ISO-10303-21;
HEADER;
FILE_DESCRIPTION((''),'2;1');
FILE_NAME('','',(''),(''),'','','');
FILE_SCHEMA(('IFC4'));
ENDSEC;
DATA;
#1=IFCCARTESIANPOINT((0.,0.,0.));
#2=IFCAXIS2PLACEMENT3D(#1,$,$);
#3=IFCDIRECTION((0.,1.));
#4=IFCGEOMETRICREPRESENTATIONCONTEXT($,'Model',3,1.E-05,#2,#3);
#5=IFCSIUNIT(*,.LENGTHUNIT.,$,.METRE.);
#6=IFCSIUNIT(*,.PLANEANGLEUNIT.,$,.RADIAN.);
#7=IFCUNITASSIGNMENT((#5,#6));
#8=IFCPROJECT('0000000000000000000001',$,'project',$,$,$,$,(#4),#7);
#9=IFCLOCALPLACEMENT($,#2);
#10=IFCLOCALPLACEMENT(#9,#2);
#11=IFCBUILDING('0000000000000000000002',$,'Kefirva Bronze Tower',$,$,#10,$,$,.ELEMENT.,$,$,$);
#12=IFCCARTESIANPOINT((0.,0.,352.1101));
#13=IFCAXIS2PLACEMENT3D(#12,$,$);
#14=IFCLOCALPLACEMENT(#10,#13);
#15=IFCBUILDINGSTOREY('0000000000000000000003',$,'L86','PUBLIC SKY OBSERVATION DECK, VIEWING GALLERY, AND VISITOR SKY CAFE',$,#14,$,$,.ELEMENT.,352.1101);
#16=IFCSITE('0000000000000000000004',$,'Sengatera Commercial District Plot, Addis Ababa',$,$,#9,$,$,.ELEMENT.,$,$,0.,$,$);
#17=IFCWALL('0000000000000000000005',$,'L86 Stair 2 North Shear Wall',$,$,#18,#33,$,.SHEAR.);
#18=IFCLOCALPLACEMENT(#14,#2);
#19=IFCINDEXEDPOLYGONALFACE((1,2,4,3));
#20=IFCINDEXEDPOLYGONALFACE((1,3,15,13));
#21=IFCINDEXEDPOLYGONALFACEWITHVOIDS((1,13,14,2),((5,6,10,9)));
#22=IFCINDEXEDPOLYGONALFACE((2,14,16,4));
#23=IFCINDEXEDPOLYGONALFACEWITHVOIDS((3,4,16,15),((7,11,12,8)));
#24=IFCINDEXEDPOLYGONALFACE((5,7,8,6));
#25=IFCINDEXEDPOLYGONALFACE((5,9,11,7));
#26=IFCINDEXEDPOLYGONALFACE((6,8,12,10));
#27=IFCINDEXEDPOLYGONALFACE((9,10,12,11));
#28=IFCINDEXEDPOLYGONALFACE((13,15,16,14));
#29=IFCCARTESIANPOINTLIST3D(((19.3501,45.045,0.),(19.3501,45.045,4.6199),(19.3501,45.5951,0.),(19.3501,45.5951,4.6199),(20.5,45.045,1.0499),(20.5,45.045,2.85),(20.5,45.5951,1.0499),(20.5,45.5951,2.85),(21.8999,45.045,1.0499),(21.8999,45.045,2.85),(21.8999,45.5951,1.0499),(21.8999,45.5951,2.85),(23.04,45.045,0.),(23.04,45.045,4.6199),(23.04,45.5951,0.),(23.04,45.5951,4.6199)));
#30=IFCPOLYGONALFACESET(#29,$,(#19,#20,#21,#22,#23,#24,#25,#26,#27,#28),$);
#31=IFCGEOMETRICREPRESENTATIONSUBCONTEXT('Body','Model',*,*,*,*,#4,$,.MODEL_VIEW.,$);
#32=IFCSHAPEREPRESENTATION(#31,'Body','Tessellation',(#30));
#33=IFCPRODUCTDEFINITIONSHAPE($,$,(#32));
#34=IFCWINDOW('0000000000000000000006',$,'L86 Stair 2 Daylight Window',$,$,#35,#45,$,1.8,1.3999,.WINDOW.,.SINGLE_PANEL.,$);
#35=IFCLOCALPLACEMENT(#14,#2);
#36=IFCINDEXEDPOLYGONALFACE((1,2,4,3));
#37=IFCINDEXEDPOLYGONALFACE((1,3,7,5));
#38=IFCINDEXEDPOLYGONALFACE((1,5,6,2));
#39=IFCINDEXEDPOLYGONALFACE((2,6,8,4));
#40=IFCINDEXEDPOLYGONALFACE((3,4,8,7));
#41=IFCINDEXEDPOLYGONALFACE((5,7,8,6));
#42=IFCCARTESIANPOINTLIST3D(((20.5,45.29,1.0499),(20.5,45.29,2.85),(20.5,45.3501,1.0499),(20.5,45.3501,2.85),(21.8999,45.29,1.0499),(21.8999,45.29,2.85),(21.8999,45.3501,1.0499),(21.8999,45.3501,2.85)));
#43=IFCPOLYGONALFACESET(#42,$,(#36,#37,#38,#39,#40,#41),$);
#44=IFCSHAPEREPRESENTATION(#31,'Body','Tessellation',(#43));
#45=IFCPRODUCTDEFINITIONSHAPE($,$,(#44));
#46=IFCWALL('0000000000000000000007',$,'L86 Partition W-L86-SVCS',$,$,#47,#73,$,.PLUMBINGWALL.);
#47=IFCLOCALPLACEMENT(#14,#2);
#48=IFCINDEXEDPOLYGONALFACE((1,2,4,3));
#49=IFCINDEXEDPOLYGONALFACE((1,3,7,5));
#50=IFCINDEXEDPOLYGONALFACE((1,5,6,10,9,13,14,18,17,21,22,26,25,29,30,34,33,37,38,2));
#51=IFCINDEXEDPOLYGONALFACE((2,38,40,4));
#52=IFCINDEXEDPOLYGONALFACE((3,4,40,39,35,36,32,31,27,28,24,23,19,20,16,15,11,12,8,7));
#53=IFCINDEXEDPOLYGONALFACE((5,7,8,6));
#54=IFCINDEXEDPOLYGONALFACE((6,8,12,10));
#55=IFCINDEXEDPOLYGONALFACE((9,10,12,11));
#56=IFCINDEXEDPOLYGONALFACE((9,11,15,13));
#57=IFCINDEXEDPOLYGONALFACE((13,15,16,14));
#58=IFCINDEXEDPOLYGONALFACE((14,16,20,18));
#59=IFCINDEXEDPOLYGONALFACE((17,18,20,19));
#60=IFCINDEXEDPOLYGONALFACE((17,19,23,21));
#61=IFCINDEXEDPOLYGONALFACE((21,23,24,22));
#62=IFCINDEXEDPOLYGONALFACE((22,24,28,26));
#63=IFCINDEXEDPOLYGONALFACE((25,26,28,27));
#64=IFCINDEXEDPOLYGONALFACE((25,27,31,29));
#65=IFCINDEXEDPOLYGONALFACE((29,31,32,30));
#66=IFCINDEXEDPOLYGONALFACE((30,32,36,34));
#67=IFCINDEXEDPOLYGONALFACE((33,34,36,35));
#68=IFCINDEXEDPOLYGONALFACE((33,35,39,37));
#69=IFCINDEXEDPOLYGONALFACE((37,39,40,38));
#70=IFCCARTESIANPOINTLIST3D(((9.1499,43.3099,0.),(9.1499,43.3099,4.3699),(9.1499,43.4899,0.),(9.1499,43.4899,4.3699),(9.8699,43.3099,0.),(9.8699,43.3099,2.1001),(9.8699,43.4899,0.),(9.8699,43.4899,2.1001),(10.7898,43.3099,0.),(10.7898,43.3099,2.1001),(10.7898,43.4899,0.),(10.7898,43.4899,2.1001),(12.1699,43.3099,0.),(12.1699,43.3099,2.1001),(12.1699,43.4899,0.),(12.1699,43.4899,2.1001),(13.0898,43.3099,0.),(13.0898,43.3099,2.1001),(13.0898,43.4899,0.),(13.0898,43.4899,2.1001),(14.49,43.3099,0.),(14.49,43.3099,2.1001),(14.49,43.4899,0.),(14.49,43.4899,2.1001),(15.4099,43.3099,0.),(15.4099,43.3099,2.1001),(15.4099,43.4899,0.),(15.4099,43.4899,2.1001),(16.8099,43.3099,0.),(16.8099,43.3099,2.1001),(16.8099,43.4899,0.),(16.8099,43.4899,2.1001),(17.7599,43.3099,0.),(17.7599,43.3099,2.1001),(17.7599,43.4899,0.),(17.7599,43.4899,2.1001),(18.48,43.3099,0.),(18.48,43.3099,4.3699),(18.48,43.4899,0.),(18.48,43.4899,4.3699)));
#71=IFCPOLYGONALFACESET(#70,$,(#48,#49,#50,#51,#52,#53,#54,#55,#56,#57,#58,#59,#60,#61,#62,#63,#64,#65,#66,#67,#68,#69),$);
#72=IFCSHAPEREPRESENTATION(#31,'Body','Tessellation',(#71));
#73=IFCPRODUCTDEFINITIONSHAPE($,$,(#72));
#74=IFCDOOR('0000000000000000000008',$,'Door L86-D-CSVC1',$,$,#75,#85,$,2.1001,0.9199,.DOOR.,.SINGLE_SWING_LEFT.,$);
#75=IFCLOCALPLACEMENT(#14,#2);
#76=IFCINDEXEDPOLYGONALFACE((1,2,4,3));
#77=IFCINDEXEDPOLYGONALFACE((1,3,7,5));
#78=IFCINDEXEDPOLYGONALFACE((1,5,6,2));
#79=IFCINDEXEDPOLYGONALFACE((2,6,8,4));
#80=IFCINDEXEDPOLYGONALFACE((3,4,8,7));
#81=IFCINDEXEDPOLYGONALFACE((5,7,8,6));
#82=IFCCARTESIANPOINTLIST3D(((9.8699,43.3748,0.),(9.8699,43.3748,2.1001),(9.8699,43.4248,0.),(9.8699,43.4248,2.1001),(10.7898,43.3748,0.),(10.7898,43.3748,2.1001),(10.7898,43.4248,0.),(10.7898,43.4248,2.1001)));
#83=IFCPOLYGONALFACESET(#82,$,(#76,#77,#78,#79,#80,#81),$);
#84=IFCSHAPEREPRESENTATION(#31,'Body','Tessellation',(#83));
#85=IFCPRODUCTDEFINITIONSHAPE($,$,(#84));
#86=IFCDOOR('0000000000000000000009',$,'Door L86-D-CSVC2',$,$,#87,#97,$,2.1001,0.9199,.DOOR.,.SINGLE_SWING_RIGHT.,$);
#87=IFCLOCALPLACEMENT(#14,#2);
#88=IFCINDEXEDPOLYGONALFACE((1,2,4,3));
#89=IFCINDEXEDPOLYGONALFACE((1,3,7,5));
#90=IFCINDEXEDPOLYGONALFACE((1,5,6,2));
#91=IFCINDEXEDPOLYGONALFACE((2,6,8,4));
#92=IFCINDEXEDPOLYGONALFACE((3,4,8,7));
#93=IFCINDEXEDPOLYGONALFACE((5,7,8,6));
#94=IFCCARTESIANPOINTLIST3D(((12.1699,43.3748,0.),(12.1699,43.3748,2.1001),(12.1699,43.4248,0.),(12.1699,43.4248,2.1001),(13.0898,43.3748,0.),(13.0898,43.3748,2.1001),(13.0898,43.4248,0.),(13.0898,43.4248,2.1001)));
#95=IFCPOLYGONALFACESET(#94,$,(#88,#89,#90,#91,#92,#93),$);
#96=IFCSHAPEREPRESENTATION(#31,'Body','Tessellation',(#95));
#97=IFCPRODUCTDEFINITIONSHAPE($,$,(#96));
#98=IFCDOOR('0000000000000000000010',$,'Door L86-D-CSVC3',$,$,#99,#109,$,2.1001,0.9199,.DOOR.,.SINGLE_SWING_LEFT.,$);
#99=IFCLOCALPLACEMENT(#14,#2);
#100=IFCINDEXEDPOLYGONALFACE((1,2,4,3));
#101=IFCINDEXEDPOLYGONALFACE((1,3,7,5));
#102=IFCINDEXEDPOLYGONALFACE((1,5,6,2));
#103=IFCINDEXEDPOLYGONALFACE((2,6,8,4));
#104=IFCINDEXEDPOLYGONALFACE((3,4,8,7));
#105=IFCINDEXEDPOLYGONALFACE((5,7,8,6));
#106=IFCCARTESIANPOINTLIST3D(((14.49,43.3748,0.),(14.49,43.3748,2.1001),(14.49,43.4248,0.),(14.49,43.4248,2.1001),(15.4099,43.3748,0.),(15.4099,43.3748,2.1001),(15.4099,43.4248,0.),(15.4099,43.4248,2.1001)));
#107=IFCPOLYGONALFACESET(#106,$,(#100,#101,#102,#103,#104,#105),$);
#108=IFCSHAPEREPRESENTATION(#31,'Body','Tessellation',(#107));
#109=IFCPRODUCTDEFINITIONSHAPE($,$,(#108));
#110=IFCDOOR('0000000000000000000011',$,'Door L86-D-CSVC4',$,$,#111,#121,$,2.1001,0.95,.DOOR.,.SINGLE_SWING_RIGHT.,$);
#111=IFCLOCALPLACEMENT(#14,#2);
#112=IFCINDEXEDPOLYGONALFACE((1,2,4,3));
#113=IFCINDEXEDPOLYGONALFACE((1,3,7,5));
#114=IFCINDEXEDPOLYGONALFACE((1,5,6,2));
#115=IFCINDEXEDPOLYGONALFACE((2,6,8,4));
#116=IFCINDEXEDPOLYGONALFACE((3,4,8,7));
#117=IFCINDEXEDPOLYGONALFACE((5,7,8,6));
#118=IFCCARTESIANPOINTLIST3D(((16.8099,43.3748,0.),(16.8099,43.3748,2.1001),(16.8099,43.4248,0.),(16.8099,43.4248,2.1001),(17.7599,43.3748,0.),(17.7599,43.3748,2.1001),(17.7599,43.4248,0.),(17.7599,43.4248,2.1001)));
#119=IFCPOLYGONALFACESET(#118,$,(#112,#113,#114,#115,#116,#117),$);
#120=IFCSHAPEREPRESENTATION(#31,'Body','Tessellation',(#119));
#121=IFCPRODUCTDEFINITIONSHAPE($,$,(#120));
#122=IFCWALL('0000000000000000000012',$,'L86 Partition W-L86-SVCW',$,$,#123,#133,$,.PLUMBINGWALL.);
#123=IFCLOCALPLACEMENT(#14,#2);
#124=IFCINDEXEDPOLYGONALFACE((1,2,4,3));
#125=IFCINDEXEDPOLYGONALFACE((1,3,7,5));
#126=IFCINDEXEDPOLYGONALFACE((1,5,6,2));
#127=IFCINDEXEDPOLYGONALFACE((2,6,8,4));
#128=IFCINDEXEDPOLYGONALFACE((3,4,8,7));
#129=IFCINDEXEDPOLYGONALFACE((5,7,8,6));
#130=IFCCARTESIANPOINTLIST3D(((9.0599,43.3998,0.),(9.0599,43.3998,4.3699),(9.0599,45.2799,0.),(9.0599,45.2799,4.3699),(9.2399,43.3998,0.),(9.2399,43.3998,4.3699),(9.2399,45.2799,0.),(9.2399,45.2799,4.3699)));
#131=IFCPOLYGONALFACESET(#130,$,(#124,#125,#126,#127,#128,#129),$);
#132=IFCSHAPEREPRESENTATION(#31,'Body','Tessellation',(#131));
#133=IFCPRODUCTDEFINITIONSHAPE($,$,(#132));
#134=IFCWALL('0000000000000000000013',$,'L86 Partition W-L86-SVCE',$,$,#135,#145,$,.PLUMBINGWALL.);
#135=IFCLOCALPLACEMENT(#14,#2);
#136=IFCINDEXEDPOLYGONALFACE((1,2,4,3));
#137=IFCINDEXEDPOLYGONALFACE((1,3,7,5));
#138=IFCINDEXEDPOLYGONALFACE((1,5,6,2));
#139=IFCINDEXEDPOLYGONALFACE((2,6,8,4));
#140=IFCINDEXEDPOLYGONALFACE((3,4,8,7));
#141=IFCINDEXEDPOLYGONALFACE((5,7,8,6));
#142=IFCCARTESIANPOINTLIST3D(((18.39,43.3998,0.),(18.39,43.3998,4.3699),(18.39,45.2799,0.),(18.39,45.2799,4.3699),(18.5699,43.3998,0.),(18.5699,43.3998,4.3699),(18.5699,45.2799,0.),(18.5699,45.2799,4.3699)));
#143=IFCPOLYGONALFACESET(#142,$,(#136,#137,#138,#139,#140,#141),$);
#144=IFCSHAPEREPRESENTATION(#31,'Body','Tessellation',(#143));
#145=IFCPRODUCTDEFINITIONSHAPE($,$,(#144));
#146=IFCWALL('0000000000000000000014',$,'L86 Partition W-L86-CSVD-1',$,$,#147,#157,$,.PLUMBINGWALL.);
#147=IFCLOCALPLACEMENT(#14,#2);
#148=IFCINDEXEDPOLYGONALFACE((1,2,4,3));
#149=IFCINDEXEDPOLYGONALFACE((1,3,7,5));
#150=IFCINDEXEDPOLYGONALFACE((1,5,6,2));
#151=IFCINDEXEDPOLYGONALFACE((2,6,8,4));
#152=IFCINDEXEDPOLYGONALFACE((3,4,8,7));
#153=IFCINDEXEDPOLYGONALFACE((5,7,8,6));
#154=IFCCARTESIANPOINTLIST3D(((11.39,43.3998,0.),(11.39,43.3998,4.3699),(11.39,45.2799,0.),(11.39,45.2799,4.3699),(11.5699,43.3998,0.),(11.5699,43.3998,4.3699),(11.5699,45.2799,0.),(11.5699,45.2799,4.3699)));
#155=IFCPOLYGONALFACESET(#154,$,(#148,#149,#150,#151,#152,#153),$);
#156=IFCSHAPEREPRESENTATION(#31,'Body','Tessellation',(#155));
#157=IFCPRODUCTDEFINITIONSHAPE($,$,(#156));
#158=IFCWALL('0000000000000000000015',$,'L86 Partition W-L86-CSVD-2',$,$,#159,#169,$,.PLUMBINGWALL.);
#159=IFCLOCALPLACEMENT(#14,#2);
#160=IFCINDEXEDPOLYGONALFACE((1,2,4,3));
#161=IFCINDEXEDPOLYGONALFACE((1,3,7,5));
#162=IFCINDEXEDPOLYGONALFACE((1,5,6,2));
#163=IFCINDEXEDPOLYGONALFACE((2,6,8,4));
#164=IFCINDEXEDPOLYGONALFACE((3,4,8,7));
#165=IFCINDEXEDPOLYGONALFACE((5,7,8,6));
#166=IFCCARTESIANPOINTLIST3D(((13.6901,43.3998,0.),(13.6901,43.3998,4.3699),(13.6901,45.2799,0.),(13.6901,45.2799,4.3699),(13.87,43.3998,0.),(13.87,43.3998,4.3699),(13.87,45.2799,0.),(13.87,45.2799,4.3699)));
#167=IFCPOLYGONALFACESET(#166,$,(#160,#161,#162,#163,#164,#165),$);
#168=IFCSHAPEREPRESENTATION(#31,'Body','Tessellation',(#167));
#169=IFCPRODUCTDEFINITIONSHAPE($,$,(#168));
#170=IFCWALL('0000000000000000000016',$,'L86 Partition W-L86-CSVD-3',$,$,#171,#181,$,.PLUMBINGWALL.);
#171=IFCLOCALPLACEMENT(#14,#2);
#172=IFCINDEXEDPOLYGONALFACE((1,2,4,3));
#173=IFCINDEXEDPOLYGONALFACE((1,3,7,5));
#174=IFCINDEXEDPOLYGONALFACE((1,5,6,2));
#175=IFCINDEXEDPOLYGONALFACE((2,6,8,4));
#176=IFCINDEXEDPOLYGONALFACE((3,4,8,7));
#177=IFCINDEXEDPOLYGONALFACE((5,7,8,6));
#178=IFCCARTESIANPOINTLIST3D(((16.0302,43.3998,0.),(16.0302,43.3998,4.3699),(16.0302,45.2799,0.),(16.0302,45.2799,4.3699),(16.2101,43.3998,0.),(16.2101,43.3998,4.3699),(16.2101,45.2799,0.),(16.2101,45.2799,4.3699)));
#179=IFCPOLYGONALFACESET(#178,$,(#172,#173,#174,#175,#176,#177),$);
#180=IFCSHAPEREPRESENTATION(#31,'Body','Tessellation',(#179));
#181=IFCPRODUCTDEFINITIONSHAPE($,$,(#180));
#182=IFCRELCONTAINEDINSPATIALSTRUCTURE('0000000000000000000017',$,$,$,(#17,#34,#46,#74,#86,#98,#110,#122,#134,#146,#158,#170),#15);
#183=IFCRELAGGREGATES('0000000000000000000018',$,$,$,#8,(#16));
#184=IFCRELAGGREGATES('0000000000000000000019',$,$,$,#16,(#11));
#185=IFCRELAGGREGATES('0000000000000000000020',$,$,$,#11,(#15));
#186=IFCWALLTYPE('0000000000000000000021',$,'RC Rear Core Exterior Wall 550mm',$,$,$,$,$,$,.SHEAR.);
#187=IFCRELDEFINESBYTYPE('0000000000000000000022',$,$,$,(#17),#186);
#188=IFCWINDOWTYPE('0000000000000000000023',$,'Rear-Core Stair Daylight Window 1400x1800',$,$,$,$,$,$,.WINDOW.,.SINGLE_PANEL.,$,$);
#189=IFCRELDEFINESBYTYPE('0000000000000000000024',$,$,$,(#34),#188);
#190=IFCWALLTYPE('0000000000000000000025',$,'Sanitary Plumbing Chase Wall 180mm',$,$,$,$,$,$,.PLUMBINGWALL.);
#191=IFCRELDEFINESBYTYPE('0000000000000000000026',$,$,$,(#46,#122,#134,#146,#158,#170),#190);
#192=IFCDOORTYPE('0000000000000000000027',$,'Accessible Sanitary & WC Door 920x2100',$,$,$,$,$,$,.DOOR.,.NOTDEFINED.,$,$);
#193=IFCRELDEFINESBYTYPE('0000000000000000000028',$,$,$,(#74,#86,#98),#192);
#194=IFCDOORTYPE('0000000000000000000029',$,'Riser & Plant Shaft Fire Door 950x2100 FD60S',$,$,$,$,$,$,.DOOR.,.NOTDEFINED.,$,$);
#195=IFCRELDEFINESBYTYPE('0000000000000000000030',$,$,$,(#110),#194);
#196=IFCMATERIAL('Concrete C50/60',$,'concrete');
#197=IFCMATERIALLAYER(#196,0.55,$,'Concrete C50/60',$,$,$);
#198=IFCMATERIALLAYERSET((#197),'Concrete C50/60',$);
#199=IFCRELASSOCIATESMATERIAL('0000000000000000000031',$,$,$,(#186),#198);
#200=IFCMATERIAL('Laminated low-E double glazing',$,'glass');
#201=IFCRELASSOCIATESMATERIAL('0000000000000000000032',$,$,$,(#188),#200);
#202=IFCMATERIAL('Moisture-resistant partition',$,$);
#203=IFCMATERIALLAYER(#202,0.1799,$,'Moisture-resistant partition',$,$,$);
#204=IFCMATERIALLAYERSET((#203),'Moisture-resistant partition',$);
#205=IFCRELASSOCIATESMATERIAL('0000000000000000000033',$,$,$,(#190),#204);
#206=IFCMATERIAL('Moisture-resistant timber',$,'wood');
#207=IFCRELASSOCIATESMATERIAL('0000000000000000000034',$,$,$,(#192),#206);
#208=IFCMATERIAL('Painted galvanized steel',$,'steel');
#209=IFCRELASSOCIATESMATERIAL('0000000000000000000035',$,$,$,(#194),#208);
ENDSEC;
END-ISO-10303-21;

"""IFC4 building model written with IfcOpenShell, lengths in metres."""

from ifc_helpers import new_model, si_unit, direction, frame, frame_2d, origin, place, context, subcontext, project, spatial, rectangle, extrude, material, layer, layer_set, type_object, element, fill, save


model = new_model("IFC4")

# Units and contexts
model_context = context("Model", 3, precision=1e-05, world=origin(), true_north=direction((0.0, 1.0)))
body_context = subcontext(model_context, "Body", "Model", "MODEL_VIEW")
ifc_project = project(units=[si_unit("LENGTHUNIT", "METRE"), si_unit("PLANEANGLEUNIT", "RADIAN")], contexts=[model_context])

# Site, building, storey
site_placement = place(None, origin())
site = spatial("IfcSite", under=ifc_project, at=site_placement, Name="Sengatera Commercial District Plot, Addis Ababa", CompositionType="ELEMENT", RefElevation=0.0)
building_placement = place(site_placement, origin())
building = spatial("IfcBuilding", under=site, at=building_placement, Name="Kefirva Bronze Tower", CompositionType="ELEMENT")
storey_placement = place(building_placement, frame((0.0, 0.0, 352.1101)))
storey = spatial("IfcBuildingStorey", under=building, at=storey_placement, Name="L86", Description="PUBLIC SKY OBSERVATION DECK, VIEWING GALLERY, AND VISITOR SKY CAFE", CompositionType="ELEMENT", Elevation=352.1101)

# Shared definitions
ifc_material_1 = material(Name="Concrete C50/60", Category="concrete")

# Wall, opening, window
ifc_layer_1 = layer(ifc_material_1, 0.55, Name="Concrete C50/60")
ifc_layer_set_1 = layer_set([ifc_layer_1], Name="Concrete C50/60")
wall_type_1 = type_object("IfcWallType", Name="RC Rear Core Exterior Wall 550mm", PredefinedType="SHEAR", material=ifc_layer_set_1)
wall_1_placement = place(storey_placement, frame((19.3501, 45.3201, 0.0), z_axis=(0.0, 0.0, 1.0), x_axis=(1.0, 0.0, 0.0)))
wall_1 = element("IfcWall", 1, at=wall_1_placement, inside=storey, type_object=wall_type_1, Name="L86 Stair 2 North Shear Wall", PredefinedType="SHEAR", context=body_context, shape_type="SweptSolid", body=[
    extrude(rectangle(XDim=3.6899, YDim=0.55, at=frame_2d((1.845, 0.0))), origin(), (0.0, 0.0, 1.0), 4.6199),
])
opening_1_placement = place(wall_1_placement, frame((1.1499, 0.0, 1.05)))
opening_1 = element("IfcOpeningElement", 2, at=opening_1_placement, cuts=wall_1, PredefinedType="OPENING", context=body_context, shape_type="SweptSolid", body=[
    extrude(rectangle(XDim=1.3999, YDim=1.8, at=frame_2d((0.7, 0.8999))), frame((0.0, 0.2852, 0.0), z_axis=(0.0, -1.0, 0.0), x_axis=(1.0, 0.0, 0.0)), (0.0, 0.0, 1.0), 0.5701),
])
ifc_material_2 = material(Name="Laminated low-E double glazing", Category="glass")
window_type = type_object("IfcWindowType", Name="Rear-Core Stair Daylight Window 1400x1800", PartitioningType="SINGLE_PANEL", PredefinedType="WINDOW", material=ifc_material_2)
window_placement = place(opening_1_placement, origin())
window = element("IfcWindow", 3, at=window_placement, inside=storey, type_object=window_type, Name="L86 Stair 2 Daylight Window", OverallHeight=1.8, OverallWidth=1.3999, PartitioningType="SINGLE_PANEL", PredefinedType="WINDOW", context=body_context, shape_type="SweptSolid", body=[
    extrude(rectangle(XDim=1.3999, YDim=1.8, at=frame_2d((0.7, 0.8999))), frame((0.0, 0.03, 0.0), z_axis=(0.0, -1.0, 0.0), x_axis=(1.0, 0.0, 0.0)), (0.0, 0.0, 1.0), 0.0601),
])
fill(opening_1, window)

# Wall, openings, doors
ifc_material_3 = material(Name="Moisture-resistant partition")
ifc_layer_2 = layer(ifc_material_3, 0.1799, Name="Moisture-resistant partition")
ifc_layer_set_2 = layer_set([ifc_layer_2], Name="Moisture-resistant partition")
wall_type_2 = type_object("IfcWallType", Name="Sanitary Plumbing Chase Wall 180mm", PredefinedType="PLUMBINGWALL", material=ifc_layer_set_2)
wall_2_placement = place(storey_placement, frame((9.1499, 43.3999, 0.0), z_axis=(0.0, 0.0, 1.0), x_axis=(1.0, 0.0, 0.0)))
wall_2 = element("IfcWall", 4, at=wall_2_placement, inside=storey, type_object=wall_type_2, Name="L86 Partition W-L86-SVCS", PredefinedType="PLUMBINGWALL", context=body_context, shape_type="SweptSolid", body=[
    extrude(rectangle(XDim=9.3301, YDim=0.1799, at=frame_2d((4.665, 0.0))), origin(), (0.0, 0.0, 1.0), 4.3699),
])
opening_2_placement = place(wall_2_placement, frame((0.72, 0.0, 0.0)))
opening_2 = element("IfcOpeningElement", 5, at=opening_2_placement, cuts=wall_2, PredefinedType="OPENING", context=body_context, shape_type="SweptSolid", body=[
    extrude(rectangle(XDim=0.9199, YDim=2.1001, at=frame_2d((0.46, 1.05))), frame((0.0, 0.1001, 0.0), z_axis=(0.0, -1.0, 0.0), x_axis=(1.0, 0.0, 0.0)), (0.0, 0.0, 1.0), 0.2),
])
opening_3_placement = place(wall_2_placement, frame((3.02, 0.0, 0.0)))
opening_3 = element("IfcOpeningElement", 6, at=opening_3_placement, cuts=wall_2, PredefinedType="OPENING", context=body_context, shape_type="SweptSolid", body=[
    extrude(rectangle(XDim=0.9199, YDim=2.1001, at=frame_2d((0.46, 1.05))), frame((0.0, 0.1001, 0.0), z_axis=(0.0, -1.0, 0.0), x_axis=(1.0, 0.0, 0.0)), (0.0, 0.0, 1.0), 0.2),
])
opening_4_placement = place(wall_2_placement, frame((5.3401, 0.0, 0.0)))
opening_4 = element("IfcOpeningElement", 7, at=opening_4_placement, cuts=wall_2, PredefinedType="OPENING", context=body_context, shape_type="SweptSolid", body=[
    extrude(rectangle(XDim=0.9199, YDim=2.1001, at=frame_2d((0.46, 1.05))), frame((0.0, 0.1001, 0.0), z_axis=(0.0, -1.0, 0.0), x_axis=(1.0, 0.0, 0.0)), (0.0, 0.0, 1.0), 0.2),
])
opening_5_placement = place(wall_2_placement, frame((7.6599, 0.0, 0.0)))
opening_5 = element("IfcOpeningElement", 8, at=opening_5_placement, cuts=wall_2, PredefinedType="OPENING", context=body_context, shape_type="SweptSolid", body=[
    extrude(rectangle(XDim=0.95, YDim=2.1001, at=frame_2d((0.4751, 1.05))), frame((0.0, 0.1001, 0.0), z_axis=(0.0, -1.0, 0.0), x_axis=(1.0, 0.0, 0.0)), (0.0, 0.0, 1.0), 0.2),
])
ifc_material_4 = material(Name="Moisture-resistant timber", Category="wood")
door_type_1 = type_object("IfcDoorType", Name="Accessible Sanitary & WC Door 920x2100", OperationType="NOTDEFINED", PredefinedType="DOOR", material=ifc_material_4)
door_1_placement = place(opening_2_placement, origin())
door_1 = element("IfcDoor", 9, at=door_1_placement, inside=storey, type_object=door_type_1, Name="Door L86-D-CSVC1", OperationType="SINGLE_SWING_LEFT", OverallHeight=2.1001, OverallWidth=0.9199, PredefinedType="DOOR", context=body_context, shape_type="SweptSolid", body=[
    extrude(rectangle(XDim=0.9199, YDim=2.1001, at=frame_2d((0.46, 1.05))), frame((0.0, 0.0249, 0.0), z_axis=(0.0, -1.0, 0.0), x_axis=(1.0, 0.0, 0.0)), (0.0, 0.0, 1.0), 0.05),
])
fill(opening_2, door_1)
door_2_placement = place(opening_3_placement, origin())
door_2 = element("IfcDoor", 10, at=door_2_placement, inside=storey, type_object=door_type_1, Name="Door L86-D-CSVC2", OperationType="SINGLE_SWING_RIGHT", OverallHeight=2.1001, OverallWidth=0.9199, PredefinedType="DOOR", context=body_context, shape_type="SweptSolid", body=[
    extrude(rectangle(XDim=0.9199, YDim=2.1001, at=frame_2d((0.46, 1.05))), frame((0.0, 0.0249, 0.0), z_axis=(0.0, -1.0, 0.0), x_axis=(1.0, 0.0, 0.0)), (0.0, 0.0, 1.0), 0.05),
])
fill(opening_3, door_2)
door_3_placement = place(opening_4_placement, origin())
door_3 = element("IfcDoor", 11, at=door_3_placement, inside=storey, type_object=door_type_1, Name="Door L86-D-CSVC3", OperationType="SINGLE_SWING_LEFT", OverallHeight=2.1001, OverallWidth=0.9199, PredefinedType="DOOR", context=body_context, shape_type="SweptSolid", body=[
    extrude(rectangle(XDim=0.9199, YDim=2.1001, at=frame_2d((0.46, 1.05))), frame((0.0, 0.0249, 0.0), z_axis=(0.0, -1.0, 0.0), x_axis=(1.0, 0.0, 0.0)), (0.0, 0.0, 1.0), 0.05),
])
fill(opening_4, door_3)
ifc_material_5 = material(Name="Painted galvanized steel", Category="steel")
door_type_2 = type_object("IfcDoorType", Name="Riser & Plant Shaft Fire Door 950x2100 FD60S", OperationType="NOTDEFINED", PredefinedType="DOOR", material=ifc_material_5)
door_4_placement = place(opening_5_placement, origin())
door_4 = element("IfcDoor", 12, at=door_4_placement, inside=storey, type_object=door_type_2, Name="Door L86-D-CSVC4", OperationType="SINGLE_SWING_RIGHT", OverallHeight=2.1001, OverallWidth=0.95, PredefinedType="DOOR", context=body_context, shape_type="SweptSolid", body=[
    extrude(rectangle(XDim=0.95, YDim=2.1001, at=frame_2d((0.4751, 1.05))), frame((0.0, 0.0249, 0.0), z_axis=(0.0, -1.0, 0.0), x_axis=(1.0, 0.0, 0.0)), (0.0, 0.0, 1.0), 0.05),
])
fill(opening_5, door_4)

# Walls
for number, where, z_axis, x_axis, name in (
    (13, (9.1499, 43.3999, 0.0), (0.0, 0.0, 1.0), (0.0, 1.0, 0.0), "L86 Partition W-L86-SVCW"),
    (14, (18.48, 43.3999, 0.0), (0.0, 0.0, 1.0), (0.0, 1.0, 0.0), "L86 Partition W-L86-SVCE"),
    (15, (11.48, 43.3999, 0.0), (0.0, 0.0, 1.0), (0.0, 1.0, 0.0), "L86 Partition W-L86-CSVD-1"),
    (16, (13.78, 43.3999, 0.0), (0.0, 0.0, 1.0), (0.0, 1.0, 0.0), "L86 Partition W-L86-CSVD-2"),
    (17, (16.1201, 43.3999, 0.0), (0.0, 0.0, 1.0), (0.0, 1.0, 0.0), "L86 Partition W-L86-CSVD-3"),
):
    element("IfcWall", number, at=place(storey_placement, frame(where, z_axis=z_axis, x_axis=x_axis)), inside=storey, type_object=wall_type_2, Name=name, PredefinedType="PLUMBINGWALL", context=body_context, shape_type="SweptSolid", body=[
        extrude(rectangle(XDim=1.8801, YDim=0.1799, at=frame_2d((0.9399, 0.0))), origin(), (0.0, 0.0, 1.0), 4.3699),
    ])

save(model, "model.ifc")
